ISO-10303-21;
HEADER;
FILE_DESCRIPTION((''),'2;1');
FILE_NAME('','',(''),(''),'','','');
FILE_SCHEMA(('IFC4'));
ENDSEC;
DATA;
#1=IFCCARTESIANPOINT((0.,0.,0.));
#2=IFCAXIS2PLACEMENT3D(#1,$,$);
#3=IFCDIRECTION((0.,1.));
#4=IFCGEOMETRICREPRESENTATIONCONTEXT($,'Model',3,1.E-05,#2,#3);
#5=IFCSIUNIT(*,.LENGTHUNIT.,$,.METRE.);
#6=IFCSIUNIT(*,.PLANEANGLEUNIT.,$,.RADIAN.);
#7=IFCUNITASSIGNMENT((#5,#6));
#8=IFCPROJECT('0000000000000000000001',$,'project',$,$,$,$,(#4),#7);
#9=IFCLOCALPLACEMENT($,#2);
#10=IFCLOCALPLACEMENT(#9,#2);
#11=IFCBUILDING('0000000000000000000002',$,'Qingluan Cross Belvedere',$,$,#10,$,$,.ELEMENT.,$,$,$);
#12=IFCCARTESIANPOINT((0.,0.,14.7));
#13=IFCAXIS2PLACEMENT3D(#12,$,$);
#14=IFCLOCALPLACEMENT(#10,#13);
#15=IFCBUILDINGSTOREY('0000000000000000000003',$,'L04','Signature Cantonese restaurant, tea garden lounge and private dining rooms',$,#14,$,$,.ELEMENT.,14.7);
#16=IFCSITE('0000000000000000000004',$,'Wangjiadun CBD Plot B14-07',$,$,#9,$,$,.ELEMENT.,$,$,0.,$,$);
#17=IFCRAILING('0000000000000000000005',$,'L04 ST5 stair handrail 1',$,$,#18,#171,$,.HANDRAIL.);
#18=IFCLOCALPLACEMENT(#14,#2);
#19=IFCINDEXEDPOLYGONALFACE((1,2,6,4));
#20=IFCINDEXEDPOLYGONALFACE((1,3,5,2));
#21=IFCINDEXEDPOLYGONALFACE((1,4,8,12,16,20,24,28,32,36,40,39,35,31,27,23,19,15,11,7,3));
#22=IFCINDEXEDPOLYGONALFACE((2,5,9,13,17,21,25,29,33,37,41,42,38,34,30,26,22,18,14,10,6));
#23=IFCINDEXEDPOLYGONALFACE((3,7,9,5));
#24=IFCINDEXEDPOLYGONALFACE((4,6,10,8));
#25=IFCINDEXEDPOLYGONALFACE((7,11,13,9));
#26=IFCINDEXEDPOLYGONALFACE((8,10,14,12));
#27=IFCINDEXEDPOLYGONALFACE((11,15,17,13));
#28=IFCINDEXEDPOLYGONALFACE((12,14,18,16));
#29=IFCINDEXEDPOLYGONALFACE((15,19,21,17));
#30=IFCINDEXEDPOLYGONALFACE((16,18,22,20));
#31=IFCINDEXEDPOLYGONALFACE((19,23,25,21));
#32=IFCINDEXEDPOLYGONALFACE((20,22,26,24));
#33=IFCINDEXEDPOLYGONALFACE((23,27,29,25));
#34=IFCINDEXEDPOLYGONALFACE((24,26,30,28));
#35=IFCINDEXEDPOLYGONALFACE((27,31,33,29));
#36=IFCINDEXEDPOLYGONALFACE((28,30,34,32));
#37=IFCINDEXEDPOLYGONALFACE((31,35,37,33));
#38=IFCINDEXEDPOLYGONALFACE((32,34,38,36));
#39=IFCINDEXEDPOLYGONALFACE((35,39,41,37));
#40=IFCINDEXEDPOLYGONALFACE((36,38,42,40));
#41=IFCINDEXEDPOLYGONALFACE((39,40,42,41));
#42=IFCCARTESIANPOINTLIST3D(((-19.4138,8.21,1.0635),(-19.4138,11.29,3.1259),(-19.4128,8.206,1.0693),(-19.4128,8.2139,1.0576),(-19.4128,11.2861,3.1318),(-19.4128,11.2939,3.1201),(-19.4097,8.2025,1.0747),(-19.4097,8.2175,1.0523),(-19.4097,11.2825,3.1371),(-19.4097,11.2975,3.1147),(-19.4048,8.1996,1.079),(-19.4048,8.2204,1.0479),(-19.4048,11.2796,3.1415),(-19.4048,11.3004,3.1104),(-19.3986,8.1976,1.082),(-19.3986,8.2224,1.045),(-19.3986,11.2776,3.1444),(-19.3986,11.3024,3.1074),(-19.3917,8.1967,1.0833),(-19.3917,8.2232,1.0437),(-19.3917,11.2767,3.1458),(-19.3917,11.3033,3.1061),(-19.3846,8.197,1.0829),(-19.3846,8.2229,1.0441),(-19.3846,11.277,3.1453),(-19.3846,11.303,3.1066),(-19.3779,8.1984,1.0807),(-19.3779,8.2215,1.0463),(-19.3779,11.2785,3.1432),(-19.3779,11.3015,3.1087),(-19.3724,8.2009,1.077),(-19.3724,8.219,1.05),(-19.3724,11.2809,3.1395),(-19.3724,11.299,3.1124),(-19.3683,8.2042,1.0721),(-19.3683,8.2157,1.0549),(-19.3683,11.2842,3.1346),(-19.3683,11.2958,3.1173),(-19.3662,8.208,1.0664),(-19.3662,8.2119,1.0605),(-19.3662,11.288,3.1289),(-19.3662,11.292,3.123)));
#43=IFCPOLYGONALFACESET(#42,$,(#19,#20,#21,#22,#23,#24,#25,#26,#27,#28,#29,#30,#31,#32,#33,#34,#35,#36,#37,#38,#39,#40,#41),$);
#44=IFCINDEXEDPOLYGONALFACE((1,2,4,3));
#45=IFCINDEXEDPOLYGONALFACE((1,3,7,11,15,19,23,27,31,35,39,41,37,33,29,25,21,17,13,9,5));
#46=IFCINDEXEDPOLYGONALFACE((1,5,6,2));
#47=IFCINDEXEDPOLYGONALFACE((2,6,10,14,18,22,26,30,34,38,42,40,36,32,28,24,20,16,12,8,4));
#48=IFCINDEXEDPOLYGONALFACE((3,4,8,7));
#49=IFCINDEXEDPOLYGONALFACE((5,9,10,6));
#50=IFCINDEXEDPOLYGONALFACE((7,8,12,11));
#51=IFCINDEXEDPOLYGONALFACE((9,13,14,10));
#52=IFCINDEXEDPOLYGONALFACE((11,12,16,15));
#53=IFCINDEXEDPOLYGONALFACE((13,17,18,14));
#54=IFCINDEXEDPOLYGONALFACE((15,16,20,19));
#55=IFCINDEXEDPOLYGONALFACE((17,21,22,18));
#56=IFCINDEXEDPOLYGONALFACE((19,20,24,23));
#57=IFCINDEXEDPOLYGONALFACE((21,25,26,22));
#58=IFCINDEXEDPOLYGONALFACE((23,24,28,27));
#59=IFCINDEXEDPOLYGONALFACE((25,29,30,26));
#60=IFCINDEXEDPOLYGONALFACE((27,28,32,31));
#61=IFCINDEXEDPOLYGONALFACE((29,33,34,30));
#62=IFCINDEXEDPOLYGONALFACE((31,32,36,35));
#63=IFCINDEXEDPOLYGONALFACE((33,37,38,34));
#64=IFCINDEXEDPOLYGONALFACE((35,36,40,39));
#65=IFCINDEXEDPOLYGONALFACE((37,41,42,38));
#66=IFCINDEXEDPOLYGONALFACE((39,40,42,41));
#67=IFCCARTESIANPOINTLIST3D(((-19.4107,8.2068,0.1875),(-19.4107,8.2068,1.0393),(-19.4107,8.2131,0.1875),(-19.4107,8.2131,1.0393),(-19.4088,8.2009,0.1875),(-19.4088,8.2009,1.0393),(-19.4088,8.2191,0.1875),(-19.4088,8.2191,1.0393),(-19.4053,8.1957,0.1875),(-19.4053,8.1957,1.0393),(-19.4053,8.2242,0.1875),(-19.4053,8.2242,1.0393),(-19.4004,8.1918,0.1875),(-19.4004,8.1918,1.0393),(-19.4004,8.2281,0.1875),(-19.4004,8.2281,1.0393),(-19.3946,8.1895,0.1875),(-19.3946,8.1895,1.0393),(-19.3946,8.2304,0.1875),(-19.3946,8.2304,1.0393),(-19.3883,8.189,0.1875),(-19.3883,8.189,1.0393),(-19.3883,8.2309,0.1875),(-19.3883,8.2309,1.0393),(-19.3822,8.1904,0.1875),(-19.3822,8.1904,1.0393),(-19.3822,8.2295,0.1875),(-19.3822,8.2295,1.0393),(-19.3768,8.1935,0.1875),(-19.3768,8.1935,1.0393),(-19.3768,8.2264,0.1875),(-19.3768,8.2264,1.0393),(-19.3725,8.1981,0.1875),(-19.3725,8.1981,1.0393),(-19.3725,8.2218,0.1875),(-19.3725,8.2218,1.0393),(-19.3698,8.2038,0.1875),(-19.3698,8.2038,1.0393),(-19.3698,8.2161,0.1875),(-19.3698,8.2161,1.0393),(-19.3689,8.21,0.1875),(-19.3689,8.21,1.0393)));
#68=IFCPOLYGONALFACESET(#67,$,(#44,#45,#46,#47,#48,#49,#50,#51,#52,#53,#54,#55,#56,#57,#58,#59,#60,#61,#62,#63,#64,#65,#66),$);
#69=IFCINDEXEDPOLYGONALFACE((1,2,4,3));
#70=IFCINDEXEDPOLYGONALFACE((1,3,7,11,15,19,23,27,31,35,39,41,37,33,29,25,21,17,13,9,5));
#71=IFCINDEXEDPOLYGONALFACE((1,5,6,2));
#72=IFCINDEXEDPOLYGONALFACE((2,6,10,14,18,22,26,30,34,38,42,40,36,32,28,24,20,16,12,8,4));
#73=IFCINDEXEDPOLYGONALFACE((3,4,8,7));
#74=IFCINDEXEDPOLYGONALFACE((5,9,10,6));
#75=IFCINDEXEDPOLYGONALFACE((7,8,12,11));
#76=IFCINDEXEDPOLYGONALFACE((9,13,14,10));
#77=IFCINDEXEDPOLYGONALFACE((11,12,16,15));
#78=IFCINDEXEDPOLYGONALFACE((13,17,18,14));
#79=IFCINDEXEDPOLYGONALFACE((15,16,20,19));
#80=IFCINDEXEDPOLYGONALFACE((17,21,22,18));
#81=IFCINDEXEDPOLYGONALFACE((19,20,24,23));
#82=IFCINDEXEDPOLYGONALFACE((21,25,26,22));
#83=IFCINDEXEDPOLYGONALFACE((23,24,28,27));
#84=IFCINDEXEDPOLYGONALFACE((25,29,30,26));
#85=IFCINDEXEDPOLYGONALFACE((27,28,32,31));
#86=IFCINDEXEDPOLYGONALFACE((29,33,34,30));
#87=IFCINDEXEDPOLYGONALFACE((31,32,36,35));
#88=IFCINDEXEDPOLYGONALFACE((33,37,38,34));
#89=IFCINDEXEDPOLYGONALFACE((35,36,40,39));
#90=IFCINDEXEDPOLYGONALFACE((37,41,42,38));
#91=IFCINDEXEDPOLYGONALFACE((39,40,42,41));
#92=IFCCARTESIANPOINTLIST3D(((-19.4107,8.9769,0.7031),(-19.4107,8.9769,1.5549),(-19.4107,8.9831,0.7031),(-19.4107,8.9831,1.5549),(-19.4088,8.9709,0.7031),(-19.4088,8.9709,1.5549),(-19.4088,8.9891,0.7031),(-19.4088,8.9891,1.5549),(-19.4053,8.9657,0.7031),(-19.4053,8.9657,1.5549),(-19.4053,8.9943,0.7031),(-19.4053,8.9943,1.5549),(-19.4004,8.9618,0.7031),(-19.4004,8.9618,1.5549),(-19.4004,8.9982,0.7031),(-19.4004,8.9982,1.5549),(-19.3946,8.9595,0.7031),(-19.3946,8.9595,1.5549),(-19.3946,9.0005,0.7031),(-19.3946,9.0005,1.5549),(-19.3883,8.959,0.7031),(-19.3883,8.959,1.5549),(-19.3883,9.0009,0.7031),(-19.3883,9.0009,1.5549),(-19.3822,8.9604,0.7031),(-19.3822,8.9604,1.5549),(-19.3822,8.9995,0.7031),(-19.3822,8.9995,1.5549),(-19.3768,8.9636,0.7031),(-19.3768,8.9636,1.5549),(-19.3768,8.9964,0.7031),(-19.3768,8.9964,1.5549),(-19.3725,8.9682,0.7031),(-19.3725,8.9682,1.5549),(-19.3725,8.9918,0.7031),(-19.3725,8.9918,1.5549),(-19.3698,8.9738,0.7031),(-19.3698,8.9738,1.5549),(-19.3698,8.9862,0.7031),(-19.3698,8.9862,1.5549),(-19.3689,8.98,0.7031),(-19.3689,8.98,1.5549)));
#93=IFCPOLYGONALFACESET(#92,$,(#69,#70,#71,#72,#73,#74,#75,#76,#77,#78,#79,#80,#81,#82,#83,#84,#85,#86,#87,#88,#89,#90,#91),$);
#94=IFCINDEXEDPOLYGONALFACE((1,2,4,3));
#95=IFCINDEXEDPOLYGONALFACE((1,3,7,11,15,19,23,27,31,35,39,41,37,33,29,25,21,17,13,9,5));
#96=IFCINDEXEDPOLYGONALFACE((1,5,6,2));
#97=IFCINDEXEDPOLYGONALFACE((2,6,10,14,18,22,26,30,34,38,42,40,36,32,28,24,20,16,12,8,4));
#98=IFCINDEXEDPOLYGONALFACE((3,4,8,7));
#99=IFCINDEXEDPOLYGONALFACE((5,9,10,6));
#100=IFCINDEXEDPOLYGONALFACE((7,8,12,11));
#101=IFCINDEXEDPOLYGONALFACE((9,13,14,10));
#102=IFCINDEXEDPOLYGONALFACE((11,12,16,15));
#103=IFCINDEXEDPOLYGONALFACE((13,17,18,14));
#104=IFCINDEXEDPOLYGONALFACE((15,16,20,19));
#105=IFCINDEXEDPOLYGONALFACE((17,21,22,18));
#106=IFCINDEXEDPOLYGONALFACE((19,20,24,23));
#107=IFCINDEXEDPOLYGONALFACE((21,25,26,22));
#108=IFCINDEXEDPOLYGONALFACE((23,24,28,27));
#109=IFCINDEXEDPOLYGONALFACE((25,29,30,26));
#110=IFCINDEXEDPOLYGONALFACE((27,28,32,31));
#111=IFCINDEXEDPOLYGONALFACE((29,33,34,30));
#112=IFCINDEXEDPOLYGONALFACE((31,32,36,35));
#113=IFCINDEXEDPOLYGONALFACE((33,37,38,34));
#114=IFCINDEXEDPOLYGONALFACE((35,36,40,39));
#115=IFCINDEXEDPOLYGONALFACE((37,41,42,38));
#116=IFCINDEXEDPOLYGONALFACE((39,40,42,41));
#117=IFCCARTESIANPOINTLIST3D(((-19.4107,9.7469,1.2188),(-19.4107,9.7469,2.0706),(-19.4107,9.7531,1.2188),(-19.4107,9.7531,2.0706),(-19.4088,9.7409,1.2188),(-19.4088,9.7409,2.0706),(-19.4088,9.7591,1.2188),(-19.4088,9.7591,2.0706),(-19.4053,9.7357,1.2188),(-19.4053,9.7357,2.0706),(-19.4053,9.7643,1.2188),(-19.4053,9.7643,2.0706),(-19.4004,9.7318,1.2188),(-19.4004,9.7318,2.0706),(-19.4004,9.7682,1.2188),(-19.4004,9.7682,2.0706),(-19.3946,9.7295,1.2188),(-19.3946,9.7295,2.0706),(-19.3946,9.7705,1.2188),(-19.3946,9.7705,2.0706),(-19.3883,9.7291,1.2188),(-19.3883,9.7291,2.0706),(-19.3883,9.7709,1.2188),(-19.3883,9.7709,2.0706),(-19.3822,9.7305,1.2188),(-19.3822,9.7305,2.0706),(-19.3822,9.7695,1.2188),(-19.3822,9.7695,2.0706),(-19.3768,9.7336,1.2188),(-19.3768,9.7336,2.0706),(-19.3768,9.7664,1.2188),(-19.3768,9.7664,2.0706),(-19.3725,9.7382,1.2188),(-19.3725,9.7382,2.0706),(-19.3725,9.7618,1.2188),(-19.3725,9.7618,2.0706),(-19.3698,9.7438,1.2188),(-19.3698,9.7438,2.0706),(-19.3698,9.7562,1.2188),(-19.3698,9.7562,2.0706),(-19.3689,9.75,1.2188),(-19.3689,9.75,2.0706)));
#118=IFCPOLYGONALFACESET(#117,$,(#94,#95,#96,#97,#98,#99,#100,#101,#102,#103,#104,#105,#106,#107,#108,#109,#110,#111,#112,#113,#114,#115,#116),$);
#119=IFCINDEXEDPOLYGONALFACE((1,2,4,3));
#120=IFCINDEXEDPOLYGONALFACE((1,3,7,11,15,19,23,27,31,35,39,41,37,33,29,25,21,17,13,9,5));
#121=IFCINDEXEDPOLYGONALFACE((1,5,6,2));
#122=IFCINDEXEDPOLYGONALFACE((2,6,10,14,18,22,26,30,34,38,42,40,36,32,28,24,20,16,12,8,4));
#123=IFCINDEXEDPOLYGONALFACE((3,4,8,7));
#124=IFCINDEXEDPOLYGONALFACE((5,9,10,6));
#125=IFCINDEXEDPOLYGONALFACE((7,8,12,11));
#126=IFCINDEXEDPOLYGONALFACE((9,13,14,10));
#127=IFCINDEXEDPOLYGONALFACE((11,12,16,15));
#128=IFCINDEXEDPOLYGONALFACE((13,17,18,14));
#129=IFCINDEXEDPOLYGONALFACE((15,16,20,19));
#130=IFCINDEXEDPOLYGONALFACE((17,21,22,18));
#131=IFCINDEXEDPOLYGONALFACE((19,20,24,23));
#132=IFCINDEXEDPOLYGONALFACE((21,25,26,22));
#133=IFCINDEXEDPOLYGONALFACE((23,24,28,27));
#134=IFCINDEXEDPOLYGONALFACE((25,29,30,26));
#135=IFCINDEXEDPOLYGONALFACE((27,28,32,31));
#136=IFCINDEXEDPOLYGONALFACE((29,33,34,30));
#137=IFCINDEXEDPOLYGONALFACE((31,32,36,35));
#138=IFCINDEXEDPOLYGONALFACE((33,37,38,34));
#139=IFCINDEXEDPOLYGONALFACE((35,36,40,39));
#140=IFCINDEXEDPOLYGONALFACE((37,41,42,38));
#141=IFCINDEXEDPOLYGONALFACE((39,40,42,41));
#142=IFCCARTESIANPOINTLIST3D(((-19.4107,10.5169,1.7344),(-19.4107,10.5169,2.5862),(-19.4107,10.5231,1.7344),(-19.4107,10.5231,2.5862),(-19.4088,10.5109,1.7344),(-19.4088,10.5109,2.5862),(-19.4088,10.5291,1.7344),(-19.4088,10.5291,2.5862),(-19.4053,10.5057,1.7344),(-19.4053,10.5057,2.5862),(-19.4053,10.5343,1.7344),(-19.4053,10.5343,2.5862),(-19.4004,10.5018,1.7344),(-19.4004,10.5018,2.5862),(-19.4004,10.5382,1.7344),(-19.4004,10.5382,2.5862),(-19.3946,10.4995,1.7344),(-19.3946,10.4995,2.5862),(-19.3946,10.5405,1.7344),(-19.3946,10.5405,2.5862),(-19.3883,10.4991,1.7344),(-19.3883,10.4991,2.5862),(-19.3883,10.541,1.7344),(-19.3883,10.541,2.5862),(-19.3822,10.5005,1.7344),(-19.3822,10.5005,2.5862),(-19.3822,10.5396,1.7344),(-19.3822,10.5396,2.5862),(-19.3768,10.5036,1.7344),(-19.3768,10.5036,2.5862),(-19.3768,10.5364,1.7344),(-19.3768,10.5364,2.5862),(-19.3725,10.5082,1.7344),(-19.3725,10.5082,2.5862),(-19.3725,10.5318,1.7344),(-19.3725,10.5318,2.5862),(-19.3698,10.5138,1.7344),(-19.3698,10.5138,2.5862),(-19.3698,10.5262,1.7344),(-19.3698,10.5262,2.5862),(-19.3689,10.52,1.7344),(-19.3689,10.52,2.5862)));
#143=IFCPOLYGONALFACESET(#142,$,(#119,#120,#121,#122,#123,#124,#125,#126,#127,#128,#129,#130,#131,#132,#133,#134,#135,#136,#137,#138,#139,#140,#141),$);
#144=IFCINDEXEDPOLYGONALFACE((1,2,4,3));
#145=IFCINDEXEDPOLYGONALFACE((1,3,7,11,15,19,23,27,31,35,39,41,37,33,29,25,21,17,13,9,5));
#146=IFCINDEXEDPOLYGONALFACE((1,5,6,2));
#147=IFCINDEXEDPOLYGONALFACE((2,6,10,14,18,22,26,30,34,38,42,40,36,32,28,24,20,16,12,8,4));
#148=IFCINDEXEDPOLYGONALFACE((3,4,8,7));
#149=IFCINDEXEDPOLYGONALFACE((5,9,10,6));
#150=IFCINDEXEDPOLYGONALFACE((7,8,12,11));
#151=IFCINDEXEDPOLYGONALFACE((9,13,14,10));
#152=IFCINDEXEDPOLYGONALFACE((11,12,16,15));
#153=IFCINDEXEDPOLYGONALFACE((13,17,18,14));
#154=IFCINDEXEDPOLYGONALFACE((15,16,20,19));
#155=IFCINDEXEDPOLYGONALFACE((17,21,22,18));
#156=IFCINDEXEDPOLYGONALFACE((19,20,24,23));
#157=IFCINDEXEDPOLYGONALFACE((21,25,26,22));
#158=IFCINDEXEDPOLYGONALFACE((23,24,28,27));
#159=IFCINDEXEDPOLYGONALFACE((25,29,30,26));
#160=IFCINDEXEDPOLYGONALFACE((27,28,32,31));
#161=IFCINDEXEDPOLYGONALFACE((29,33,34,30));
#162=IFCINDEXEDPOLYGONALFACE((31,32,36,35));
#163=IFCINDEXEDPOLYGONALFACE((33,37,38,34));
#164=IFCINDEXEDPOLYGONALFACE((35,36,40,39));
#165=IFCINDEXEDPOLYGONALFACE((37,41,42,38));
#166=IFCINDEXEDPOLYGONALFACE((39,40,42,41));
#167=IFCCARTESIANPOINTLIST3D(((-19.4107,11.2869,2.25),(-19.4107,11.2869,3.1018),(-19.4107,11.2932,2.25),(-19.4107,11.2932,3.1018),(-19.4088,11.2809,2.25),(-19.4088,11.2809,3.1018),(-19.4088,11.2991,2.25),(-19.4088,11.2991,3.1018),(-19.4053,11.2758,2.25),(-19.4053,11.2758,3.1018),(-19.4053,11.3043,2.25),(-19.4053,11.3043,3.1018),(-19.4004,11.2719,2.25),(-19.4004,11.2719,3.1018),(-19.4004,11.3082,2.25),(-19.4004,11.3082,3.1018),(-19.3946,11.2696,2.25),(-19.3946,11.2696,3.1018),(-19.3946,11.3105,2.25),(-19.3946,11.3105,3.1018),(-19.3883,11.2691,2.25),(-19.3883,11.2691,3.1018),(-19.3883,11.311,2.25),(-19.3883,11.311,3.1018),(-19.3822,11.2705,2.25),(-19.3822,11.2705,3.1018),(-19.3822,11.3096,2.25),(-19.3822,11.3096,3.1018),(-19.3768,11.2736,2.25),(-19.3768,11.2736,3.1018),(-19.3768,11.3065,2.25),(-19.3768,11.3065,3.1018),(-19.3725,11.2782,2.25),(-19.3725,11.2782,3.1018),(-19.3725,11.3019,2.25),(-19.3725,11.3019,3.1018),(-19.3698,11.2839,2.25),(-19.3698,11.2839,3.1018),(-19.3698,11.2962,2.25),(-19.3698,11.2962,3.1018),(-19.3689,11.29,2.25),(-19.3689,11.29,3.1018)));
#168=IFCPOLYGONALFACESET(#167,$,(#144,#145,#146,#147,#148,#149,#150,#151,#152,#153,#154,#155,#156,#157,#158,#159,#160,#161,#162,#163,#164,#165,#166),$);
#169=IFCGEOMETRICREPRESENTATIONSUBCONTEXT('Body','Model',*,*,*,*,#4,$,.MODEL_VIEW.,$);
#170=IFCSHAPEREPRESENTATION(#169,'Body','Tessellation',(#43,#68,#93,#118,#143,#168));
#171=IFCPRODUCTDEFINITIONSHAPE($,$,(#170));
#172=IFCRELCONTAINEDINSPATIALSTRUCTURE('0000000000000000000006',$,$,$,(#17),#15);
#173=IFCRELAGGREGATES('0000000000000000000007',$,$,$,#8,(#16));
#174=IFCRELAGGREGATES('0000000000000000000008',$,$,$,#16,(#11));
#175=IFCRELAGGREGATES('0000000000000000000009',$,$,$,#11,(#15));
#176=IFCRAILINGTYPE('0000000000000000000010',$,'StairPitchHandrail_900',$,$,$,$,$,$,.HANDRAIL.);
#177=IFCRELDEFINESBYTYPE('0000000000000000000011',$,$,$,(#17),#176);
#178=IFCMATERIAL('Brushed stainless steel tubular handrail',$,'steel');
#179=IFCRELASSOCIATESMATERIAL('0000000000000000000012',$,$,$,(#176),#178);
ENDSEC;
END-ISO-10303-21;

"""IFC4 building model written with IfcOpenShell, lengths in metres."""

from ifc_helpers import new_model, si_unit, direction, frame, origin, origin_2d, place, context, subcontext, project, spatial, circle, extrude, material, type_object, element, save


model = new_model("IFC4")

# Units and contexts
model_context = context("Model", 3, precision=1e-05, world=origin(), true_north=direction((0.0, 1.0)))
body_context = subcontext(model_context, "Body", "Model", "MODEL_VIEW")
ifc_project = project(units=[si_unit("LENGTHUNIT", "METRE"), si_unit("PLANEANGLEUNIT", "RADIAN")], contexts=[model_context])

# Site, building, storey
site_placement = place(None, origin())
site = spatial("IfcSite", under=ifc_project, at=site_placement, Name="Wangjiadun CBD Plot B14-07", CompositionType="ELEMENT", RefElevation=0.0)
building_placement = place(site_placement, origin())
building = spatial("IfcBuilding", under=site, at=building_placement, Name="Qingluan Cross Belvedere", CompositionType="ELEMENT")
storey_placement = place(building_placement, frame((0.0, 0.0, 14.7)))
storey = spatial("IfcBuildingStorey", under=building, at=storey_placement, Name="L04", Description="Signature Cantonese restaurant, tea garden lounge and private dining rooms", CompositionType="ELEMENT", Elevation=14.7)

# Railing
ifc_material_1 = material(Name="Brushed stainless steel tubular handrail", Category="steel")
railing_type_1 = type_object("IfcRailingType", Name="StairPitchHandrail_900", PredefinedType="HANDRAIL", material=ifc_material_1)
railing_1_placement = place(storey_placement, frame((-19.3899, 8.21, 0.1875)))
element("IfcRailing", 1, at=railing_1_placement, inside=storey, type_object=railing_type_1, Name="L04 ST5 stair handrail 1", PredefinedType="HANDRAIL", context=body_context, shape_type="SweptSolid", body=[
    extrude(circle(Radius=0.0239, at=origin_2d()), frame((0.0, 0.0, 0.876), z_axis=(0.0, 0.830914, 0.556401), x_axis=(-1.0, 0.0, 0.0)), (0.0, 0.0, 1.0), 3.7068),
    extrude(circle(Radius=0.021, at=origin_2d()), origin(), (0.0, 0.0, 1.0), 0.8518),
    extrude(circle(Radius=0.021, at=origin_2d()), frame((0.0, 0.77, 0.5156)), (0.0, 0.0, 1.0), 0.8518),
    extrude(circle(Radius=0.021, at=origin_2d()), frame((0.0, 1.54, 1.0312)), (0.0, 0.0, 1.0), 0.8518),
    extrude(circle(Radius=0.021, at=origin_2d()), frame((0.0, 2.3101, 1.5469)), (0.0, 0.0, 1.0), 0.8518),
    extrude(circle(Radius=0.021, at=origin_2d()), frame((0.0, 3.0801, 2.0625)), (0.0, 0.0, 1.0), 0.8518),
])

save(model, "model.ifc")
